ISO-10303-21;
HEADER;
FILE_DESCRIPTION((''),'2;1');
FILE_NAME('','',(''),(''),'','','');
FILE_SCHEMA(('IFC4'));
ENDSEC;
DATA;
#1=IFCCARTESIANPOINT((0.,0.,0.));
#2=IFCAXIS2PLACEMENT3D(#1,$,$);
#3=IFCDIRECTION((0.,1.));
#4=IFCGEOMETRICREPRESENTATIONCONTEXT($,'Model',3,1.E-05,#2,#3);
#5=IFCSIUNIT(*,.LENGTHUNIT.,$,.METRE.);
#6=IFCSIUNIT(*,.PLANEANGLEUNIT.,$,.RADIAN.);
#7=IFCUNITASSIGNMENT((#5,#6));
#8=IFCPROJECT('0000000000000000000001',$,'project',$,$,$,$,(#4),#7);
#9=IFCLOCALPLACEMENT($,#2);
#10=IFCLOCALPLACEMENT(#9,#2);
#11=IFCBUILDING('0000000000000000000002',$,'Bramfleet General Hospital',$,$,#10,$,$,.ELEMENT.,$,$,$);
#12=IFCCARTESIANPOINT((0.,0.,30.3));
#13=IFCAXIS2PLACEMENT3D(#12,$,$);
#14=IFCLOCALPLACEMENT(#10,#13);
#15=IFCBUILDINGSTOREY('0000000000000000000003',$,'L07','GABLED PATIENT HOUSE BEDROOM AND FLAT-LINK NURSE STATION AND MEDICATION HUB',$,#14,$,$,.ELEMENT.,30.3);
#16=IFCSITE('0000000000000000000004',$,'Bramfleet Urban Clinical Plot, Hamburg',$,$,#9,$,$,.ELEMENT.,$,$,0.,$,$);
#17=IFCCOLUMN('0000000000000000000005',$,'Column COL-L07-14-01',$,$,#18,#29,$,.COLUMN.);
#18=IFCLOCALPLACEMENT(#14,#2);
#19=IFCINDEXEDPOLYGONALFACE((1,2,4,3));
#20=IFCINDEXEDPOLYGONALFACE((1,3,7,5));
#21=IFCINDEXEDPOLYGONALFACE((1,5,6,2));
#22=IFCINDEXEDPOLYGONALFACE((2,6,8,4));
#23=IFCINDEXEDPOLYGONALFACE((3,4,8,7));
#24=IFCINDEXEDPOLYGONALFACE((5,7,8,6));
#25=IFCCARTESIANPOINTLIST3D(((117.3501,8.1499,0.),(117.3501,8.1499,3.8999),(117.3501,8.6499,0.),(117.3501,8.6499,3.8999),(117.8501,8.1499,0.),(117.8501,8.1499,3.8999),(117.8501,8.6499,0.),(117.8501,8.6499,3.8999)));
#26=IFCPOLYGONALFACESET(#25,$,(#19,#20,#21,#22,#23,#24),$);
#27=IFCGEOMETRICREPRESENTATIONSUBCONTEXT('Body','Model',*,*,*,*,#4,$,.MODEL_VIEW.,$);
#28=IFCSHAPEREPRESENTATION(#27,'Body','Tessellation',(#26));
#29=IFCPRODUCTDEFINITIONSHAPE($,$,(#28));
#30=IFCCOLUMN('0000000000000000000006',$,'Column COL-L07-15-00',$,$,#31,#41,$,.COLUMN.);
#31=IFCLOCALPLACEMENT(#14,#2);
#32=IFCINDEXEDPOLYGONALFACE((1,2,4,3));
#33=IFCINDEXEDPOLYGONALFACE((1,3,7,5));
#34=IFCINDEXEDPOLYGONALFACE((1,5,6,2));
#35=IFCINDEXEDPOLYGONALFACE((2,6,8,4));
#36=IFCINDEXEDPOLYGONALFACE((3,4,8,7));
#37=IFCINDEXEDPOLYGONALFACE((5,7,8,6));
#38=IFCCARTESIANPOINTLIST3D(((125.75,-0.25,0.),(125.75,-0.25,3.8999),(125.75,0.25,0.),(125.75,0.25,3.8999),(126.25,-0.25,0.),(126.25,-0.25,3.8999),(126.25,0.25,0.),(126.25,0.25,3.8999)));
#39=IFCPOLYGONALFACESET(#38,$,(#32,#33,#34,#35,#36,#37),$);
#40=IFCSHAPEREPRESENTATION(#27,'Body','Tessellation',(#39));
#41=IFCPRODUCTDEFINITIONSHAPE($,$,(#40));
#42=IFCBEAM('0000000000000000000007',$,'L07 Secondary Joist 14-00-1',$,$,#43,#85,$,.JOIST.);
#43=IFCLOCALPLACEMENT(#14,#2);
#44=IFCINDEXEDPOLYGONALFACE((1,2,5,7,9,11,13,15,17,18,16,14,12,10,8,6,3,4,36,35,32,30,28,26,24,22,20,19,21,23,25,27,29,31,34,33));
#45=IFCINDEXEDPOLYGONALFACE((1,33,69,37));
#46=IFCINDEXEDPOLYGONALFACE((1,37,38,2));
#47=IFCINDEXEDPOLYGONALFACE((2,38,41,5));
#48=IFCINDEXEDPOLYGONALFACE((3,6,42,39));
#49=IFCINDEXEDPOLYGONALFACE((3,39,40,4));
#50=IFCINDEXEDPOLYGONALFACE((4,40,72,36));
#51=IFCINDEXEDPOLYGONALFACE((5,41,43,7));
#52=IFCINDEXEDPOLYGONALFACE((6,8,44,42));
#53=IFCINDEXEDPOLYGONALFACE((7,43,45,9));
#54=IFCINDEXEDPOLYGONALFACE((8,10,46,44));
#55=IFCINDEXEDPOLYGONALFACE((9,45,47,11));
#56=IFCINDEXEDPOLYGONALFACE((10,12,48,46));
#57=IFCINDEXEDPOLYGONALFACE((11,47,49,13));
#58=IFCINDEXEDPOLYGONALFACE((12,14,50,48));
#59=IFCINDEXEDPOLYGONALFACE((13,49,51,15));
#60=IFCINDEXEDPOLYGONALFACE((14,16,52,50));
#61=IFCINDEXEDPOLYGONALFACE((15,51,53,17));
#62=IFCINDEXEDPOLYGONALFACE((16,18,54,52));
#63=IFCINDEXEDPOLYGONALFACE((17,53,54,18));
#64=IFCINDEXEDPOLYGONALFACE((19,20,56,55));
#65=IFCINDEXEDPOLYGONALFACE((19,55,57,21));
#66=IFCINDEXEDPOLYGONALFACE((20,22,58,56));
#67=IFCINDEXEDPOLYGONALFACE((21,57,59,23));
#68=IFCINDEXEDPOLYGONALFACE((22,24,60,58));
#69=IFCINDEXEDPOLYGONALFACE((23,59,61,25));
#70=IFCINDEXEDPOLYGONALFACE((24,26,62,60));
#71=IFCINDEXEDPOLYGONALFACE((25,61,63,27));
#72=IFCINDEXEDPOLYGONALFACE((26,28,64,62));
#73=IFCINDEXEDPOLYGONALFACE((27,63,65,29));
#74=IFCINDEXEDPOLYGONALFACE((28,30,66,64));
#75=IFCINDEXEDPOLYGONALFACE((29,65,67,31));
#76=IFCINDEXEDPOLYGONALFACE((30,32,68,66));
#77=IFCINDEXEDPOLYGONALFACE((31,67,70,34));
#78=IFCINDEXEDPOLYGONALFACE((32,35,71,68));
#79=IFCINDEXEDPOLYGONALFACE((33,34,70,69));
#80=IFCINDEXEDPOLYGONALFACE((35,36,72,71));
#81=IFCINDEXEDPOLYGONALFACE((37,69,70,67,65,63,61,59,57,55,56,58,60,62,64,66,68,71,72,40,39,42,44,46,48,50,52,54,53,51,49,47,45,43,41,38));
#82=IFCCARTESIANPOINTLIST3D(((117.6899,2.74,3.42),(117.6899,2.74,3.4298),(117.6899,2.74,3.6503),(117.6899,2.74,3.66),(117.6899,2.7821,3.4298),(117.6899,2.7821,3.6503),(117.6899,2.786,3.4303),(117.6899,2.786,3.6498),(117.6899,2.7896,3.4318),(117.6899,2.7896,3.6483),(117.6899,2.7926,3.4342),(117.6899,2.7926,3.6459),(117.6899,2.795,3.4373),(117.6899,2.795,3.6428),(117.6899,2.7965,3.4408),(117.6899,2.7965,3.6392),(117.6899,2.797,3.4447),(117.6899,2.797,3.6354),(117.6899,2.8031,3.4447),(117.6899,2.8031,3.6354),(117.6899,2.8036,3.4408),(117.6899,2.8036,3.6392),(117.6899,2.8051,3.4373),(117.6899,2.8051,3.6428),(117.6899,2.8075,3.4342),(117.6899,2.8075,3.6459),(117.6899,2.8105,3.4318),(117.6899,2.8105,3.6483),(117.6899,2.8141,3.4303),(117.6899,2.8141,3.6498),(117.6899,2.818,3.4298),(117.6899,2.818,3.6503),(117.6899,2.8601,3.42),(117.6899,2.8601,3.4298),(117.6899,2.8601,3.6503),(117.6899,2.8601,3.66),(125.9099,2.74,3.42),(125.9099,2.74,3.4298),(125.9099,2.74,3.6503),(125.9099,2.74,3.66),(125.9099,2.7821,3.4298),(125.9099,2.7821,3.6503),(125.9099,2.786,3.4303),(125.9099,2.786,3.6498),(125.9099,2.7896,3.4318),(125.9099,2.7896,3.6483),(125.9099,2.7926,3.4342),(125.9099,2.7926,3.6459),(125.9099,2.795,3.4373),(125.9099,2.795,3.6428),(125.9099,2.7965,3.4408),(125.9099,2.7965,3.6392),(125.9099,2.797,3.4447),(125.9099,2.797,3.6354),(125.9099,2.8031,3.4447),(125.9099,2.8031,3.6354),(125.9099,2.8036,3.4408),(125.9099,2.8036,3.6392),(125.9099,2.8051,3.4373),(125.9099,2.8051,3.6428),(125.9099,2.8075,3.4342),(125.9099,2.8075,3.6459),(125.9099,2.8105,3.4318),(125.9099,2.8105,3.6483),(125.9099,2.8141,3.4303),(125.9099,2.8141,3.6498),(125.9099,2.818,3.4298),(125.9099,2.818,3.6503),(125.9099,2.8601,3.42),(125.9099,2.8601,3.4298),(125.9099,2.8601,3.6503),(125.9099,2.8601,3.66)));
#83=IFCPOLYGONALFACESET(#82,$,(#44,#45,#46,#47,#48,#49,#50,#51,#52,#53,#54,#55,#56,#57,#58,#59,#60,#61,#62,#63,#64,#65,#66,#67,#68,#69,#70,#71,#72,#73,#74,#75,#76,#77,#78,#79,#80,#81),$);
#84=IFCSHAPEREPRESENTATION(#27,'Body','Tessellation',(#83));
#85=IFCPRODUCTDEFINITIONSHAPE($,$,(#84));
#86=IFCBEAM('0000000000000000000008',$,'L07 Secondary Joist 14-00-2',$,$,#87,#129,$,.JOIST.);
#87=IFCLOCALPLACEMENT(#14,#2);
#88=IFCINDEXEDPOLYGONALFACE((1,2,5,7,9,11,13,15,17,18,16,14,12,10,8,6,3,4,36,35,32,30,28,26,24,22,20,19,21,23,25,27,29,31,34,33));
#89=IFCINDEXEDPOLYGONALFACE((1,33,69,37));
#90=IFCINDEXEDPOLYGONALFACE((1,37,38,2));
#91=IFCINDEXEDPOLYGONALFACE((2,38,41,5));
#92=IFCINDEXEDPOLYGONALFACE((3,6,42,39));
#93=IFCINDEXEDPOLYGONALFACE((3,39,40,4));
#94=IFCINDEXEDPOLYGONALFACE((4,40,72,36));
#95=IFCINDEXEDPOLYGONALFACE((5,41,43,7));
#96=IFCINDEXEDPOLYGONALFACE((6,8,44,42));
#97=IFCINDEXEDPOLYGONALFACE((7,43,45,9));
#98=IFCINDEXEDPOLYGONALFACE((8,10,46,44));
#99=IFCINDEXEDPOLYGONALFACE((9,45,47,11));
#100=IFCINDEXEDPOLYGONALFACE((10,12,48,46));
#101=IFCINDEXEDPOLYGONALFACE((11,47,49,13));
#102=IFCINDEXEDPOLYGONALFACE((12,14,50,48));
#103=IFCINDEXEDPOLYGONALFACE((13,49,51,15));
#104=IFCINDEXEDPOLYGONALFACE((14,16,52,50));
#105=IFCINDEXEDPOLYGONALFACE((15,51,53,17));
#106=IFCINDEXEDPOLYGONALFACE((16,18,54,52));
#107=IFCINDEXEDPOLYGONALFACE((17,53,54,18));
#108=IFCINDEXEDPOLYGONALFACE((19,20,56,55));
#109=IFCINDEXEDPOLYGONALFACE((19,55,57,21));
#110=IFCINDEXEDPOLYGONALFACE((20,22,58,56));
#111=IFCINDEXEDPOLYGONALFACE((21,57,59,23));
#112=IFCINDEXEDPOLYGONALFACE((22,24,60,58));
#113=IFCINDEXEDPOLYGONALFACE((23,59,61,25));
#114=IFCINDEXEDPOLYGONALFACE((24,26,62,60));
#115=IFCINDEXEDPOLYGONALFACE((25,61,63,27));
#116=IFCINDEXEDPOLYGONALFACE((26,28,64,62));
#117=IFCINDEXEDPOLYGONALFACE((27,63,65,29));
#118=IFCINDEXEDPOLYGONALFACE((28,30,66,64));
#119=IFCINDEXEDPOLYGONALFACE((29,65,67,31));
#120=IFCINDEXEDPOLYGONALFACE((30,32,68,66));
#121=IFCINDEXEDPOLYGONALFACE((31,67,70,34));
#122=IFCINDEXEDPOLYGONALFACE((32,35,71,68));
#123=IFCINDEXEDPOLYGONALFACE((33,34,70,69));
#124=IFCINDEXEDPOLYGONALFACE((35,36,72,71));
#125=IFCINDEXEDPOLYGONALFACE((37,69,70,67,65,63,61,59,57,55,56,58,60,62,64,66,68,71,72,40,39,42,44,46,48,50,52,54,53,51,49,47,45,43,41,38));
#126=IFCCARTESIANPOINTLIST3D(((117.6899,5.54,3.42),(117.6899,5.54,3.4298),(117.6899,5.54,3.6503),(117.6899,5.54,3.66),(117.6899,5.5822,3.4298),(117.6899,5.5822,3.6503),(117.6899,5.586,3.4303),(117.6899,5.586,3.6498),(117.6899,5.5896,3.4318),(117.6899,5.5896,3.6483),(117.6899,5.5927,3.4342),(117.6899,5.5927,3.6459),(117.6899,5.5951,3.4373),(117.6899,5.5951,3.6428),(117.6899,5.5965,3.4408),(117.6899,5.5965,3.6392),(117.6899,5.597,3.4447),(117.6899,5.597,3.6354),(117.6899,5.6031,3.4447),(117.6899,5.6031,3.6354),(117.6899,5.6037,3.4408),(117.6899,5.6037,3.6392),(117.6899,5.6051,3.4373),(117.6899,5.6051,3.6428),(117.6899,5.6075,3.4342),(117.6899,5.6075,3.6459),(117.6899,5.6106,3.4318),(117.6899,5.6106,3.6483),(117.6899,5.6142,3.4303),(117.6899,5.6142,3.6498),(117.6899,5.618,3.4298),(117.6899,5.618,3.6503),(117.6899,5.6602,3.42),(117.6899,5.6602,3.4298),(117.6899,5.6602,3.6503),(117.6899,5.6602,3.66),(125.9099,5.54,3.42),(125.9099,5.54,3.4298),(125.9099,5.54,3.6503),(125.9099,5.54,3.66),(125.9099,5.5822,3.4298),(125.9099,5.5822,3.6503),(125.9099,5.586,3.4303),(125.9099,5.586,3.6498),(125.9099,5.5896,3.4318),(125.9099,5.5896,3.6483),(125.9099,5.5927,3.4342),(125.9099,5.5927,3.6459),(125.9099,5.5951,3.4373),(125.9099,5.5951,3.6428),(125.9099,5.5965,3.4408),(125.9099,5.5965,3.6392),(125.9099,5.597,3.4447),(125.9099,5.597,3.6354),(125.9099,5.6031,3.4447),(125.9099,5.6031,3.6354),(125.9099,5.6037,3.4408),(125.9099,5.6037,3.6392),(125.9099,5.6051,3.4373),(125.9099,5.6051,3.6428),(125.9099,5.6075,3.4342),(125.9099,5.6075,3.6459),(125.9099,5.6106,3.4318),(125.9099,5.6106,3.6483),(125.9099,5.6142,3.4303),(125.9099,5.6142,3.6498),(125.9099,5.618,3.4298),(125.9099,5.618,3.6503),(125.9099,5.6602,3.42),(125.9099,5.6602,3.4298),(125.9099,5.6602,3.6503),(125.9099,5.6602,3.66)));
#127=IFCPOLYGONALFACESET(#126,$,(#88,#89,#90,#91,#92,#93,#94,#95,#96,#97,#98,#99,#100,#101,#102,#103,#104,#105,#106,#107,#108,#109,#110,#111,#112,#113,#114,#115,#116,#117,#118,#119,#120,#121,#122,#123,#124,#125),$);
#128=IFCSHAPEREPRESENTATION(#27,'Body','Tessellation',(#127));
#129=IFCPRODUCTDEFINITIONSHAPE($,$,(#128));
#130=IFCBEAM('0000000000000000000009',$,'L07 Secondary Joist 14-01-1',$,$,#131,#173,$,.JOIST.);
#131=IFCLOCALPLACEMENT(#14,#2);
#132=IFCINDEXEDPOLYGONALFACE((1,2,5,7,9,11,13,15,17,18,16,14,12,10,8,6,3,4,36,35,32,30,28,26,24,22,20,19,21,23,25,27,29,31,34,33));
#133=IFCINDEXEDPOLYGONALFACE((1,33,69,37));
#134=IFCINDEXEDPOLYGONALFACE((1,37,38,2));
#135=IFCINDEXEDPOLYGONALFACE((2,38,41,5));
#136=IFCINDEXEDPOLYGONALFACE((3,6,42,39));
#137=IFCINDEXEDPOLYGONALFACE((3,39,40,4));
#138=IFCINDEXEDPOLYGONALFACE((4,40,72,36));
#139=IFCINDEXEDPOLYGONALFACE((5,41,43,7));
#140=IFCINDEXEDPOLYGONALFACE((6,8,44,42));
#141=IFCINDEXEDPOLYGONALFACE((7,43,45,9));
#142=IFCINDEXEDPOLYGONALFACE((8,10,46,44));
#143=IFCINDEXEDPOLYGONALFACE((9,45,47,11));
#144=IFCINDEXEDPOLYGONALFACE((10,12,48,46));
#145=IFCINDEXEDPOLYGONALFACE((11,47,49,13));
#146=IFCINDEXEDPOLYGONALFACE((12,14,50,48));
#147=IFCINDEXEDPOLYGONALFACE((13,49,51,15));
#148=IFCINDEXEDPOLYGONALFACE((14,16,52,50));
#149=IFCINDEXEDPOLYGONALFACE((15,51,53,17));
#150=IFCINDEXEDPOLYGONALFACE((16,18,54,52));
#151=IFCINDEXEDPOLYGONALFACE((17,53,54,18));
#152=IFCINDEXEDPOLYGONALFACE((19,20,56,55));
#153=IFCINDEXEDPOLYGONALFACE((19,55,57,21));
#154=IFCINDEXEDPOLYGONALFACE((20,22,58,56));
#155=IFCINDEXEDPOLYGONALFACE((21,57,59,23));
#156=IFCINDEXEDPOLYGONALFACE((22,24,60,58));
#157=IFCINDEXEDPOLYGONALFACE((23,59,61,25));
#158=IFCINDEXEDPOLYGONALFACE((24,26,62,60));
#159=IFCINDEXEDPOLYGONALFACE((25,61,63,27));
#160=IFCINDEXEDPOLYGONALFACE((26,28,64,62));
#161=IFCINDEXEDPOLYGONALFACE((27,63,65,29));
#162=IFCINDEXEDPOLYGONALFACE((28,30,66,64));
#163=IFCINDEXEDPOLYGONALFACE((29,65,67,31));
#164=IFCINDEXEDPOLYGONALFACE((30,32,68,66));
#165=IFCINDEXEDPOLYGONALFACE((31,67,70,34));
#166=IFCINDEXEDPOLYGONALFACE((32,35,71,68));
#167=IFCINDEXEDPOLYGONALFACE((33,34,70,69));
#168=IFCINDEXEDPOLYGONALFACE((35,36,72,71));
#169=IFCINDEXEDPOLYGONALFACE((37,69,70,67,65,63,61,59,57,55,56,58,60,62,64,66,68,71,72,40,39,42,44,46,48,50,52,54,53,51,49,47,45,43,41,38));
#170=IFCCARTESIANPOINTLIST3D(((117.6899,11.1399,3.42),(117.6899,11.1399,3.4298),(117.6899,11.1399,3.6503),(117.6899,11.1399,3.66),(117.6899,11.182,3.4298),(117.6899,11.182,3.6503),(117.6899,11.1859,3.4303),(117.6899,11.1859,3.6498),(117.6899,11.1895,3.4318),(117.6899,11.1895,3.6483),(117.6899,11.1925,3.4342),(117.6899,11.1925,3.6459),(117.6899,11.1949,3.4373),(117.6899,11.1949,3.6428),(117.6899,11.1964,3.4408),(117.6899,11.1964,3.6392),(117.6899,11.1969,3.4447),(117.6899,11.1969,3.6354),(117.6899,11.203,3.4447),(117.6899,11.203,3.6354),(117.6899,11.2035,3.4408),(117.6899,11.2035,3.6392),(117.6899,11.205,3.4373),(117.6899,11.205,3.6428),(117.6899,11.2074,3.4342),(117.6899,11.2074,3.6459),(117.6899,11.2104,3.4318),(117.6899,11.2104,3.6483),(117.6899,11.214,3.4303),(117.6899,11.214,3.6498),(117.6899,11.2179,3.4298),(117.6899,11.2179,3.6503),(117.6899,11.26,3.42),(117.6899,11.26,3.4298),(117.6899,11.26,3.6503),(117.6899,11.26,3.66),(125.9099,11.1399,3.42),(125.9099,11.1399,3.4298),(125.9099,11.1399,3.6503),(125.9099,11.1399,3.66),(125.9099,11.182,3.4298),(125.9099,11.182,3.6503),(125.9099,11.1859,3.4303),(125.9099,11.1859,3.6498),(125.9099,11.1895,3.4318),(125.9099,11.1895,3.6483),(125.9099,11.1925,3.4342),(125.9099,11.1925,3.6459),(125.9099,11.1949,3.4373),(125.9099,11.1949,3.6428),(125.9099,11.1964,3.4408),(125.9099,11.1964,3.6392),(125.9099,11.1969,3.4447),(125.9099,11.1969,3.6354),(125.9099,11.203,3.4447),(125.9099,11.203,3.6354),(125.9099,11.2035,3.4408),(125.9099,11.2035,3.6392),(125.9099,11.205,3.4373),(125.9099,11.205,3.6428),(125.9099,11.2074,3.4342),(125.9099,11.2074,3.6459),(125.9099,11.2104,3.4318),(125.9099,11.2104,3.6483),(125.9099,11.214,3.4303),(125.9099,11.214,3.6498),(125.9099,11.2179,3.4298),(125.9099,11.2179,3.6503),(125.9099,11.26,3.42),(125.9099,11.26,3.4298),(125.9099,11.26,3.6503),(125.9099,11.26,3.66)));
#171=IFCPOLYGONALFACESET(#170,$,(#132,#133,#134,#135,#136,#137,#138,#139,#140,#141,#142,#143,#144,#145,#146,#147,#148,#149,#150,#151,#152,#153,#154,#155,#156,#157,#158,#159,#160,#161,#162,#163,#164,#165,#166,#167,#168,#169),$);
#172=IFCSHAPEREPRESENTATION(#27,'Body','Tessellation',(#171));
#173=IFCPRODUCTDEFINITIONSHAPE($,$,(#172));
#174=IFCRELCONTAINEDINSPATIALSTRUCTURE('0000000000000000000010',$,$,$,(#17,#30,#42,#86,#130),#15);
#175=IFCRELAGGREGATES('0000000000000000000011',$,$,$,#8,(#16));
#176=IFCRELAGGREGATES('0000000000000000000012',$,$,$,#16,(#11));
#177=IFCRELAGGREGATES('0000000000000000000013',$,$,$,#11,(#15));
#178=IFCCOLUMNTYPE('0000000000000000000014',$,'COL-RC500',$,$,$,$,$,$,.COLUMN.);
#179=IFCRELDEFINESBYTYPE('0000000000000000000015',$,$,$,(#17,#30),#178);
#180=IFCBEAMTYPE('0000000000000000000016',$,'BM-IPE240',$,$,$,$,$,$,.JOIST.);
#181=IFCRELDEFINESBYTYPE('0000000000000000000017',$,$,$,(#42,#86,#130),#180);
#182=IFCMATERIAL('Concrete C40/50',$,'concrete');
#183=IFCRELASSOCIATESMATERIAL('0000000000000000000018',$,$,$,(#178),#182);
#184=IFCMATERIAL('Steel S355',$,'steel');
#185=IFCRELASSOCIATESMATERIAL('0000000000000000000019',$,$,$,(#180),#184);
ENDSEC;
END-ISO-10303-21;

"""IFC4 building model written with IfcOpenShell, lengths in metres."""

from ifc_helpers import new_model, si_unit, direction, frame, origin, origin_2d, place, context, subcontext, project, spatial, rectangle, i_section, extrude, material, material_profile, profile_set, type_object, element, save


model = new_model("IFC4")

# Units and contexts
model_context = context("Model", 3, precision=1e-05, world=origin(), true_north=direction((0.0, 1.0)))
body_context = subcontext(model_context, "Body", "Model", "MODEL_VIEW")
ifc_project = project(units=[si_unit("LENGTHUNIT", "METRE"), si_unit("PLANEANGLEUNIT", "RADIAN")], contexts=[model_context])

# Site, building, storey
site_placement = place(None, origin())
site = spatial("IfcSite", under=ifc_project, at=site_placement, Name="Bramfleet Urban Clinical Plot, Hamburg", CompositionType="ELEMENT", RefElevation=0.0)
building_placement = place(site_placement, origin())
building = spatial("IfcBuilding", under=site, at=building_placement, Name="Bramfleet General Hospital", CompositionType="ELEMENT")
storey_placement = place(building_placement, frame((0.0, 0.0, 30.3)))
storey = spatial("IfcBuildingStorey", under=building, at=storey_placement, Name="L07", Description="GABLED PATIENT HOUSE BEDROOM AND FLAT-LINK NURSE STATION AND MEDICATION HUB", CompositionType="ELEMENT", Elevation=30.3)

# Columns
ifc_material_1 = material(Name="Concrete C40/50", Category="concrete")
ifc_material_profile_1 = material_profile(ifc_material_1, rectangle(XDim=0.5, YDim=0.5, at=origin_2d()), Name="RC COL 500x500")
ifc_profile_set_1 = profile_set([ifc_material_profile_1], Name="Concrete C40/50")
column_type = type_object("IfcColumnType", Name="COL-RC500", PredefinedType="COLUMN", material=ifc_profile_set_1)
for number, where, z_axis, x_axis, name in (
    (1, (117.6001, 8.3999, 0.0), (0.0, 0.0, 1.0), (1.0, 0.0, 0.0), "Column COL-L07-14-01"),
    (2, (126.0, 0.0, 0.0), (0.0, 0.0, 1.0), (1.0, 0.0, 0.0), "Column COL-L07-15-00"),
):
    element("IfcColumn", number, at=place(storey_placement, frame(where, z_axis=z_axis, x_axis=x_axis)), inside=storey, type_object=column_type, Name=name, PredefinedType="COLUMN", context=body_context, shape_type="SweptSolid", body=[
        extrude(rectangle(XDim=0.5, YDim=0.5, at=origin_2d()), origin(), (0.0, 0.0, 1.0), 3.8999),
    ])

# Beams
ifc_material_2 = material(Name="Steel S355", Category="steel")
ifc_material_profile_2 = material_profile(ifc_material_2, i_section(OverallWidth=0.1201, OverallDepth=0.24, WebThickness=0.0061, FlangeThickness=0.0098, FilletRadius=0.0149, at=origin_2d()), Name="IPE 240")
ifc_profile_set_2 = profile_set([ifc_material_profile_2], Name="Steel S355")
beam_type_1 = type_object("IfcBeamType", Name="BM-IPE240", PredefinedType="JOIST", material=ifc_profile_set_2)
for number, where, z_axis, x_axis, name in (
    (3, (117.6899, 2.8, 3.54), (1.0, 0.0, 0.0), (0.0, 1.0, 0.0), "L07 Secondary Joist 14-00-1"),
    (4, (117.6899, 5.6001, 3.54), (1.0, 0.0, 0.0), (0.0, 1.0, 0.0), "L07 Secondary Joist 14-00-2"),
    (5, (117.6899, 11.2, 3.54), (1.0, 0.0, 0.0), (0.0, 1.0, 0.0), "L07 Secondary Joist 14-01-1"),
):
    element("IfcBeam", number, at=place(storey_placement, frame(where, z_axis=z_axis, x_axis=x_axis)), inside=storey, type_object=beam_type_1, Name=name, PredefinedType="JOIST", context=body_context, shape_type="SweptSolid", body=[
        extrude(i_section(OverallWidth=0.1201, OverallDepth=0.24, WebThickness=0.0061, FlangeThickness=0.0098, FilletRadius=0.0149, at=origin_2d()), origin(), (0.0, 0.0, 1.0), 8.22),
    ])

save(model, "model.ifc")
